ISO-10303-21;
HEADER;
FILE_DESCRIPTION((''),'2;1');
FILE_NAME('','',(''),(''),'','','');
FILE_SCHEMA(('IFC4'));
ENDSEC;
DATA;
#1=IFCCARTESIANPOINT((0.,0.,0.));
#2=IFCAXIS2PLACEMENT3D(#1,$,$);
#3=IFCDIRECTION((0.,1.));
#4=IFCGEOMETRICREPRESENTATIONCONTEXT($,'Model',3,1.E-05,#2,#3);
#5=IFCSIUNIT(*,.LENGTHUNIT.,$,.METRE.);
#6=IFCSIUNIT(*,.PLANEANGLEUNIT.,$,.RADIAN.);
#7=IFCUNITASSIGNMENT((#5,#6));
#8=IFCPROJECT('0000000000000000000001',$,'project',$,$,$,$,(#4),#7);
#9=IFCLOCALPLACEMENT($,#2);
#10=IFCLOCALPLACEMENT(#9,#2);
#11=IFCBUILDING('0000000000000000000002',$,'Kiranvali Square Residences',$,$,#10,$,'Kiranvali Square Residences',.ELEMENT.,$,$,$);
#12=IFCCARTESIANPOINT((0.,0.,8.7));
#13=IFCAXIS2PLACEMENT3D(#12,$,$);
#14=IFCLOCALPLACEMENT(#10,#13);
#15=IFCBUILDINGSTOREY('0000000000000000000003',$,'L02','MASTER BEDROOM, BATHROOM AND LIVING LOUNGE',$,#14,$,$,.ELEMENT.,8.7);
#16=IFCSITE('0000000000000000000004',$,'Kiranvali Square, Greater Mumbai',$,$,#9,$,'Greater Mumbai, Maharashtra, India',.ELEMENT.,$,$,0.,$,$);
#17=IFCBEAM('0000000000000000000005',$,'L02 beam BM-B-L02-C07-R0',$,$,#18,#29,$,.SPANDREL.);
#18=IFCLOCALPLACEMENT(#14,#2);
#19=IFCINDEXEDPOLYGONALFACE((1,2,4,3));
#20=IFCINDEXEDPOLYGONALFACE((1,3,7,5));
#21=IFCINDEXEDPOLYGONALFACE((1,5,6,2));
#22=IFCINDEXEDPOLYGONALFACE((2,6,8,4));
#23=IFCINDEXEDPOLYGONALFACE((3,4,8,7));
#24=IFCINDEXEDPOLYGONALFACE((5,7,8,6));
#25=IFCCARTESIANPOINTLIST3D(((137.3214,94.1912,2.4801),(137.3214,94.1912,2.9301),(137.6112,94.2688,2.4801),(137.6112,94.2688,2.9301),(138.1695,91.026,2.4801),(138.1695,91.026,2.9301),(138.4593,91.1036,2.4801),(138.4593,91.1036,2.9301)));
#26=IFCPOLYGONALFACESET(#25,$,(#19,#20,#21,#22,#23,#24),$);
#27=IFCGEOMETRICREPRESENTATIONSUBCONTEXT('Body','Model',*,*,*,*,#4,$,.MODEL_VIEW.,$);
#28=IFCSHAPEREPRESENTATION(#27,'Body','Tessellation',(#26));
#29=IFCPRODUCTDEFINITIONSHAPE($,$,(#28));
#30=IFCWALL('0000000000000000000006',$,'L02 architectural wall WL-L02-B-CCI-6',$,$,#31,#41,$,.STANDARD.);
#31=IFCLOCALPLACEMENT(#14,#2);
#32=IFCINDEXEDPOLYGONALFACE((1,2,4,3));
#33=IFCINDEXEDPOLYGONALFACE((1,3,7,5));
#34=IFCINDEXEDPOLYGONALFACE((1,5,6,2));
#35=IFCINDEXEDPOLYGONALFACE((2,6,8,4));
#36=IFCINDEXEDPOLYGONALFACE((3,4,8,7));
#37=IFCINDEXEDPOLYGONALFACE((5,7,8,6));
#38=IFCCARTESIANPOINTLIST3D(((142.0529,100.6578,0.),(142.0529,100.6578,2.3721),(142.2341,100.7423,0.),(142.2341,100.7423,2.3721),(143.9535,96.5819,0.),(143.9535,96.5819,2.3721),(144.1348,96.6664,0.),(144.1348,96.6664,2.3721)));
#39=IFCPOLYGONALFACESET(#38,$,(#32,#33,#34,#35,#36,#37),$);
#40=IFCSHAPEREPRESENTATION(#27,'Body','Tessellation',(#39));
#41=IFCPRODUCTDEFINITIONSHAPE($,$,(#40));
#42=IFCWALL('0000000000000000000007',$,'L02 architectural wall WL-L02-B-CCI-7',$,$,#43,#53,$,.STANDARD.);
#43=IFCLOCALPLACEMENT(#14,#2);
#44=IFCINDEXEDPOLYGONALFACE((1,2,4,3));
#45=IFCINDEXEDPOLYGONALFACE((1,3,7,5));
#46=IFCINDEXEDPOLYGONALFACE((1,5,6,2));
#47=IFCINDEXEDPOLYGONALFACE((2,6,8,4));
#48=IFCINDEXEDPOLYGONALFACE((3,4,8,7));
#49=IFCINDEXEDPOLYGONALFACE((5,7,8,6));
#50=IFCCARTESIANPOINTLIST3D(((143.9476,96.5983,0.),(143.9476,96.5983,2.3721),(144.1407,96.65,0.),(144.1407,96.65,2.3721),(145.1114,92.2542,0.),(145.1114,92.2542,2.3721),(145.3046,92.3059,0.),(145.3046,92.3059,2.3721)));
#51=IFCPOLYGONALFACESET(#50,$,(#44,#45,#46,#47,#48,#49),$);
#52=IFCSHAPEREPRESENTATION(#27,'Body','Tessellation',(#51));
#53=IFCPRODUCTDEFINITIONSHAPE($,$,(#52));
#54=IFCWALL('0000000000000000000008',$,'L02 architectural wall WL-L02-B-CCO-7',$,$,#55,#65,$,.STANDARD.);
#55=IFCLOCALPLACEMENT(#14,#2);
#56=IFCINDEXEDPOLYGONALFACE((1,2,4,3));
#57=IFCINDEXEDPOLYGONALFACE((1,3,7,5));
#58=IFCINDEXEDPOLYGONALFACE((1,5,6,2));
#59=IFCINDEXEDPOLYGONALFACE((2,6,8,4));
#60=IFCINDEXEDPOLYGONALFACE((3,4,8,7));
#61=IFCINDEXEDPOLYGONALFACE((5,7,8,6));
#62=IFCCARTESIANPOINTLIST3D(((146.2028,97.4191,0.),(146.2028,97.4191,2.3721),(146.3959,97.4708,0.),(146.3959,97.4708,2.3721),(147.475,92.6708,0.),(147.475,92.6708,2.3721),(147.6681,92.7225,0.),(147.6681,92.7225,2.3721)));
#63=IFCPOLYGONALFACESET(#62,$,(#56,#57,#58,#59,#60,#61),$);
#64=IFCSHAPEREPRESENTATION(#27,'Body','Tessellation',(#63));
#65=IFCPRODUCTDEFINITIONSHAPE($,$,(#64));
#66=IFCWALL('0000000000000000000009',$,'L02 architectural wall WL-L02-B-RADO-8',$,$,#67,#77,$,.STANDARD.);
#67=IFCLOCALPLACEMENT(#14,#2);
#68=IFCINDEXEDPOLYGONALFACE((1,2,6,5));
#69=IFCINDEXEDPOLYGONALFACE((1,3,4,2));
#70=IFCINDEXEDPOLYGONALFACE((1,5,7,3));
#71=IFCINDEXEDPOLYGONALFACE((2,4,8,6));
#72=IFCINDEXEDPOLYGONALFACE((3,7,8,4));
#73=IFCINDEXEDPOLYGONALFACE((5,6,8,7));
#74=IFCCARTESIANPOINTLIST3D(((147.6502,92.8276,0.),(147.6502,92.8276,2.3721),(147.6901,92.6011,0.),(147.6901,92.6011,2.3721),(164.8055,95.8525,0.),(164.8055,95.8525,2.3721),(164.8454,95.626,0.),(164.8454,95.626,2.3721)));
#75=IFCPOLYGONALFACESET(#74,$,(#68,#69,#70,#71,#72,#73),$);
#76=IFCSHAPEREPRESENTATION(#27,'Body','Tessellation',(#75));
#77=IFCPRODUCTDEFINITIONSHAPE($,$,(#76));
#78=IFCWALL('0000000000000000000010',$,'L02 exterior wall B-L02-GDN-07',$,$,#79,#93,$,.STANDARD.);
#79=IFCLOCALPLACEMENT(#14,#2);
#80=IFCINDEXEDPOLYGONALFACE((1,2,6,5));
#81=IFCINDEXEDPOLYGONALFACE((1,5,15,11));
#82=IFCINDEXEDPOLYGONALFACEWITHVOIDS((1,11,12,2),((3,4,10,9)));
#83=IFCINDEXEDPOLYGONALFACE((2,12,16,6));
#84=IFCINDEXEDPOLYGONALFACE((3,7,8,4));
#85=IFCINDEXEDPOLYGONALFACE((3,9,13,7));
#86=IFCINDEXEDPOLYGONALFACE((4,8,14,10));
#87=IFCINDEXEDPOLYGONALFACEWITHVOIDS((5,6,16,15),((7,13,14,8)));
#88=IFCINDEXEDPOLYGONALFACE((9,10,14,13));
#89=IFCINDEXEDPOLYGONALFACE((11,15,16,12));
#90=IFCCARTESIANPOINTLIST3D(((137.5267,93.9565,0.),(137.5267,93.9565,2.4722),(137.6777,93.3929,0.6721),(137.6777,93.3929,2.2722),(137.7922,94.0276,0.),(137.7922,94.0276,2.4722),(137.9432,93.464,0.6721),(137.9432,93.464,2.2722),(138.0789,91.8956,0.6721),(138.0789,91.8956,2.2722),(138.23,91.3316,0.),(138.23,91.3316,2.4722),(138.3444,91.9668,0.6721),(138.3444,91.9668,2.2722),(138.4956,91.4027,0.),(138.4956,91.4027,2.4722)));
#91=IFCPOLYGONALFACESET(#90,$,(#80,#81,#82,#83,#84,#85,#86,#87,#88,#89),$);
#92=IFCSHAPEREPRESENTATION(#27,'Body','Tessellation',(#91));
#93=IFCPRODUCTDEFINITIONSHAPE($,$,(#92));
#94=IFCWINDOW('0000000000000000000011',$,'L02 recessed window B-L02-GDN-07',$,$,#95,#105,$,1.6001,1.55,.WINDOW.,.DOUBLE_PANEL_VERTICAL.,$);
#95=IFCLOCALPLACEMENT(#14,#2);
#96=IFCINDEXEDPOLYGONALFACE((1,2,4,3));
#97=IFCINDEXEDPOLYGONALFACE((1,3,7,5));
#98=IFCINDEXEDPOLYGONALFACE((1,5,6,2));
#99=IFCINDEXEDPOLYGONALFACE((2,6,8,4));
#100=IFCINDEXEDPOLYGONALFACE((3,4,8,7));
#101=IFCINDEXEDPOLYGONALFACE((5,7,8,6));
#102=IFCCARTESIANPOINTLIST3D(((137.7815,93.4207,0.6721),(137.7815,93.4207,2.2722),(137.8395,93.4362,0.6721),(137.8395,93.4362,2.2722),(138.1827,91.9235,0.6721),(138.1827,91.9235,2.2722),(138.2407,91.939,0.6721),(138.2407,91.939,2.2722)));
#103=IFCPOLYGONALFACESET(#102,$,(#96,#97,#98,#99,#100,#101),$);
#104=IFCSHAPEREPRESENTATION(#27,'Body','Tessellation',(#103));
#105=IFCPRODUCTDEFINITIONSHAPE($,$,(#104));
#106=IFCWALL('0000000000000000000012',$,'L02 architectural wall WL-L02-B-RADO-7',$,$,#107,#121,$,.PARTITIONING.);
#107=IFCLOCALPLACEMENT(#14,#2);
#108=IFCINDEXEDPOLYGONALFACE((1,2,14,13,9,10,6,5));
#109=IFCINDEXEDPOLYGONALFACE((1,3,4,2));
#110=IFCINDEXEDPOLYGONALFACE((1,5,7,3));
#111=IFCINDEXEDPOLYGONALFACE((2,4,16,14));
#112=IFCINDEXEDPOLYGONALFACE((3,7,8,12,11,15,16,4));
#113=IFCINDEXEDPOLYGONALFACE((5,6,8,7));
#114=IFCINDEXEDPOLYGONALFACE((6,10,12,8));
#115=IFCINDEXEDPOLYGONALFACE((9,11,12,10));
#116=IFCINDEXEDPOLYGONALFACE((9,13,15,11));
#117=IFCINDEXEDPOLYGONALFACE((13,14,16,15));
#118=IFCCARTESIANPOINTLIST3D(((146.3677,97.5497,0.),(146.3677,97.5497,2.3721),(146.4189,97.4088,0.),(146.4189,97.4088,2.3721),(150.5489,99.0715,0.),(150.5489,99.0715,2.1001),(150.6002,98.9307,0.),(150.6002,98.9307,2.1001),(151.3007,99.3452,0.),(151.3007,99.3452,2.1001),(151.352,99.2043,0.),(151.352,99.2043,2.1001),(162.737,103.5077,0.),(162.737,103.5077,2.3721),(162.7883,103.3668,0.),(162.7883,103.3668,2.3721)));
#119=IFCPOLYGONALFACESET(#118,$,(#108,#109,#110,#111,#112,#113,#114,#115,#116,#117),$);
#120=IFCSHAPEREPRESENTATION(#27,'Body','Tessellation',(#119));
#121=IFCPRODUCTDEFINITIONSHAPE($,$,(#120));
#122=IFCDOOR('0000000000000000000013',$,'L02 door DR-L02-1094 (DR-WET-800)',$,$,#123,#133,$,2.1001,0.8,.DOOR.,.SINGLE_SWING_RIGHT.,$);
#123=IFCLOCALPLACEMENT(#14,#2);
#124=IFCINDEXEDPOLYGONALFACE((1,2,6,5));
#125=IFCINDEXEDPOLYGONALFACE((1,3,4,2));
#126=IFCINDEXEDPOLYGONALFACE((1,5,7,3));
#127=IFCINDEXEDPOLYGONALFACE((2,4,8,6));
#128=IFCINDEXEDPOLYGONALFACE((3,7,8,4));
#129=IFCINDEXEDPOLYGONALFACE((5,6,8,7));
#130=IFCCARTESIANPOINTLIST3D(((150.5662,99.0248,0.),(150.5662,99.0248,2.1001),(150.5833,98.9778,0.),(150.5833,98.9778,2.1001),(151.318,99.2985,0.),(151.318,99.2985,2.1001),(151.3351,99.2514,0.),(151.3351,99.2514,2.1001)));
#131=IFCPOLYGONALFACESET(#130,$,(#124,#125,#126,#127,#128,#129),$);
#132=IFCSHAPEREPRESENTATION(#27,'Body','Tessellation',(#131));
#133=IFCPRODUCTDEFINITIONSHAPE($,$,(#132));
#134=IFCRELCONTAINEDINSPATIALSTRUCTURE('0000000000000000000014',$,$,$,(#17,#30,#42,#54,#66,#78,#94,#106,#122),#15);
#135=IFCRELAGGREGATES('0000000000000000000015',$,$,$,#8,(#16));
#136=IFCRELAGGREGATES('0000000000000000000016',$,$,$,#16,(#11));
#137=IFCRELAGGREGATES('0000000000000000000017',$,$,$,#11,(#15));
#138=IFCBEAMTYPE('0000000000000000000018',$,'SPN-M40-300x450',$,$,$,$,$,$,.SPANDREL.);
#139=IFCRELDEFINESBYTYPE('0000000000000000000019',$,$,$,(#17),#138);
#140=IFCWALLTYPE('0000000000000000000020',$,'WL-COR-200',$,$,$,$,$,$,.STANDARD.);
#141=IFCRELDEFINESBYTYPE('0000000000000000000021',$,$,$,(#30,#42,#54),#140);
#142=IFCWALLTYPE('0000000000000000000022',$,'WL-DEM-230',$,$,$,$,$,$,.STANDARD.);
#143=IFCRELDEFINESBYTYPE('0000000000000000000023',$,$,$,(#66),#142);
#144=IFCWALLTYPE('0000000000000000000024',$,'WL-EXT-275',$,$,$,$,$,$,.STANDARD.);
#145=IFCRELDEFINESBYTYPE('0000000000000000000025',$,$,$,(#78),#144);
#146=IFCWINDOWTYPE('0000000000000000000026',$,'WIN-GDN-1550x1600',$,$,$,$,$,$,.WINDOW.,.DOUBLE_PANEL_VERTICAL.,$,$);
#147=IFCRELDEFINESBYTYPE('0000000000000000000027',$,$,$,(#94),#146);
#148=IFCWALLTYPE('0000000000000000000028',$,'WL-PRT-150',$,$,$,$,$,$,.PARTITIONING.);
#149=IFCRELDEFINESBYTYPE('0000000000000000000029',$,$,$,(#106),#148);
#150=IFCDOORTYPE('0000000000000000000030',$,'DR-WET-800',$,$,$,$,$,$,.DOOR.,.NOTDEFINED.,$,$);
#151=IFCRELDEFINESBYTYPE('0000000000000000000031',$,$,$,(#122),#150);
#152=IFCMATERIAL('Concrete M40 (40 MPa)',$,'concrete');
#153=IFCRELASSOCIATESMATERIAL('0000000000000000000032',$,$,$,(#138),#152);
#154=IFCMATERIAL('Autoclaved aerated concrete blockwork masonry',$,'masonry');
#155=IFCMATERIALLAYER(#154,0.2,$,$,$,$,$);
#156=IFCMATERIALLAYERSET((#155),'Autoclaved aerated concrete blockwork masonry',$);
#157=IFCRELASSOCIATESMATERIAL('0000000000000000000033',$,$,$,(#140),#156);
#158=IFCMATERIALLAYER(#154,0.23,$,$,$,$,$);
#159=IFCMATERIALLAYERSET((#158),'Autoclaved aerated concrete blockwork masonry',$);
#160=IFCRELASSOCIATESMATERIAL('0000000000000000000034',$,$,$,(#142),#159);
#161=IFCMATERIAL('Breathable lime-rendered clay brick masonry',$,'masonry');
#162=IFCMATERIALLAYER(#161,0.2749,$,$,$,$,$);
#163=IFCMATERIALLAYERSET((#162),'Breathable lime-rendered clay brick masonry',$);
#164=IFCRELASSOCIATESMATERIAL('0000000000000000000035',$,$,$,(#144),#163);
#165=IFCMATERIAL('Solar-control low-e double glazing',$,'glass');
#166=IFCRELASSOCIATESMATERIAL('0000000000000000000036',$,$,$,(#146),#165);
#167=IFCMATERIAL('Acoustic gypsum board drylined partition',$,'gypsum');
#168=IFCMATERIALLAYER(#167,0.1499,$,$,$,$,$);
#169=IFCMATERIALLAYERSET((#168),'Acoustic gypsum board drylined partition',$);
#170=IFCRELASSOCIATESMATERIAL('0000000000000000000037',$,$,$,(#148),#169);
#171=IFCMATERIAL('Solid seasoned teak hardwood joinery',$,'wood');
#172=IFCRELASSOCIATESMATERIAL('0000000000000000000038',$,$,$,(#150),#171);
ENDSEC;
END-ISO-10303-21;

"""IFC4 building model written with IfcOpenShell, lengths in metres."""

from ifc_helpers import new_model, si_unit, direction, frame, frame_2d, origin, origin_2d, place, context, subcontext, project, spatial, rectangle, extrude, material, layer, layer_set, material_profile, profile_set, type_object, element, fill, save


model = new_model("IFC4")

# Units and contexts
model_context = context("Model", 3, precision=1e-05, world=origin(), true_north=direction((0.0, 1.0)))
body_context = subcontext(model_context, "Body", "Model", "MODEL_VIEW")
ifc_project = project(units=[si_unit("LENGTHUNIT", "METRE"), si_unit("PLANEANGLEUNIT", "RADIAN")], contexts=[model_context])

# Site, building, storey
site_placement = place(None, origin())
site = spatial("IfcSite", under=ifc_project, at=site_placement, Name="Kiranvali Square, Greater Mumbai", LongName="Greater Mumbai, Maharashtra, India", CompositionType="ELEMENT", RefElevation=0.0)
building_placement = place(site_placement, origin())
building = spatial("IfcBuilding", under=site, at=building_placement, Name="Kiranvali Square Residences", LongName="Kiranvali Square Residences", CompositionType="ELEMENT")
storey_placement = place(building_placement, frame((0.0, 0.0, 8.7)))
storey = spatial("IfcBuildingStorey", under=building, at=storey_placement, Name="L02", Description="MASTER BEDROOM, BATHROOM AND LIVING LOUNGE", CompositionType="ELEMENT", Elevation=8.7)

# Beam
ifc_material_1 = material(Name="Concrete M40 (40 MPa)", Category="concrete")
ifc_material_profile_1 = material_profile(ifc_material_1, rectangle(XDim=0.3, YDim=0.45, at=origin_2d()), Name="RC 300x450")
ifc_profile_set_1 = profile_set([ifc_material_profile_1], Name="Concrete M40 (40 MPa)")
beam_type_1 = type_object("IfcBeamType", Name="SPN-M40-300x450", PredefinedType="SPANDREL", material=ifc_profile_set_1)
beam_1_placement = place(storey_placement, frame((137.4663, 94.23, 2.7051), z_axis=(0.258822, -0.965925, 0.0), x_axis=(0.965925, 0.258822, 0.0)))
element("IfcBeam", 1, at=beam_1_placement, inside=storey, type_object=beam_type_1, Name="L02 beam BM-B-L02-C07-R0", PredefinedType="SPANDREL", context=body_context, shape_type="SweptSolid", body=[
    extrude(rectangle(XDim=0.3, YDim=0.45, at=origin_2d()), origin(), (0.0, 0.0, 1.0), 3.2769),
])

# Walls
ifc_material_2 = material(Name="Autoclaved aerated concrete blockwork masonry", Category="masonry")
ifc_layer_1 = layer(ifc_material_2, 0.2)
ifc_layer_set_1 = layer_set([ifc_layer_1], Name="Autoclaved aerated concrete blockwork masonry")
wall_type_1 = type_object("IfcWallType", Name="WL-COR-200", PredefinedType="STANDARD", material=ifc_layer_set_1)
for number, where, z_axis, x_axis, name in (
    (2, (142.1436, 100.7, 0.0), (0.0, 0.0, 1.0), (0.422618, -0.906308, 0.0), "L02 architectural wall WL-L02-B-CCI-6"),
    (3, (144.0442, 96.624, 0.0), (0.0, 0.0, 1.0), (0.258788, -0.965934, 0.0), "L02 architectural wall WL-L02-B-CCI-7"),
):
    element("IfcWall", number, at=place(storey_placement, frame(where, z_axis=z_axis, x_axis=x_axis)), inside=storey, type_object=wall_type_1, Name=name, PredefinedType="STANDARD", context=body_context, shape_type="SweptSolid", body=[
        extrude(rectangle(XDim=4.4973, YDim=0.2, at=frame_2d((2.2485, 0.0))), origin(), (0.0, 0.0, 1.0), 2.3721),
    ])
wall_1_placement = place(storey_placement, frame((146.2993, 97.4451, 0.0), z_axis=(0.0, 0.0, 1.0), x_axis=(0.258803, -0.96593, 0.0)))
element("IfcWall", 4, at=wall_1_placement, inside=storey, type_object=wall_type_1, Name="L02 architectural wall WL-L02-B-CCO-7", PredefinedType="STANDARD", context=body_context, shape_type="SweptSolid", body=[
    extrude(rectangle(XDim=4.9158, YDim=0.2, at=frame_2d((2.458, 0.0))), origin(), (0.0, 0.0, 1.0), 2.3721),
])

# Wall
ifc_layer_2 = layer(ifc_material_2, 0.23)
ifc_layer_set_2 = layer_set([ifc_layer_2], Name="Autoclaved aerated concrete blockwork masonry")
wall_type_2 = type_object("IfcWallType", Name="WL-DEM-230", PredefinedType="STANDARD", material=ifc_layer_set_2)
wall_2_placement = place(storey_placement, frame((147.6702, 92.7144, 0.0), z_axis=(0.0, 0.0, 1.0), x_axis=(0.984808, 0.173646, 0.0)))
element("IfcWall", 5, at=wall_2_placement, inside=storey, type_object=wall_type_2, Name="L02 architectural wall WL-L02-B-RADO-8", PredefinedType="STANDARD", context=body_context, shape_type="SweptSolid", body=[
    extrude(rectangle(XDim=17.4199, YDim=0.23, at=frame_2d((8.71, 0.0))), origin(), (0.0, 0.0, 1.0), 2.3721),
])

# Wall, opening, window
ifc_material_3 = material(Name="Breathable lime-rendered clay brick masonry", Category="masonry")
ifc_layer_3 = layer(ifc_material_3, 0.2749)
ifc_layer_set_3 = layer_set([ifc_layer_3], Name="Breathable lime-rendered clay brick masonry")
wall_type_3 = type_object("IfcWallType", Name="WL-EXT-275", PredefinedType="STANDARD", material=ifc_layer_set_3)
wall_3_placement = place(storey_placement, frame((137.6594, 93.9922, 0.0), z_axis=(0.0, 0.0, 1.0), x_axis=(0.25882, -0.965926, 0.0)))
wall_3 = element("IfcWall", 6, at=wall_3_placement, inside=storey, type_object=wall_type_3, Name="L02 exterior wall B-L02-GDN-07", PredefinedType="STANDARD", context=body_context, shape_type="SweptSolid", body=[
    extrude(rectangle(XDim=2.7175, YDim=0.2749, at=frame_2d((1.3589, 0.0))), origin(), (0.0, 0.0, 1.0), 2.4722),
])
opening_1_placement = place(wall_3_placement, frame((0.5837, 0.0, 0.6721)))
opening_1 = element("IfcOpeningElement", 7, at=opening_1_placement, cuts=wall_3, PredefinedType="OPENING", context=body_context, shape_type="SweptSolid", body=[
    extrude(rectangle(XDim=1.55, YDim=1.6001, at=frame_2d((0.7749, 0.8))), frame((0.0, 0.1475, 0.0), z_axis=(0.0, -1.0, 0.0), x_axis=(1.0, 0.0, 0.0)), (0.0, 0.0, 1.0), 0.2949),
])
ifc_material_4 = material(Name="Solar-control low-e double glazing", Category="glass")
window_type = type_object("IfcWindowType", Name="WIN-GDN-1550x1600", PartitioningType="DOUBLE_PANEL_VERTICAL", PredefinedType="WINDOW", material=ifc_material_4)
window_placement = place(opening_1_placement, origin())
window = element("IfcWindow", 8, at=window_placement, inside=storey, type_object=window_type, Name="L02 recessed window B-L02-GDN-07", OverallHeight=1.6001, OverallWidth=1.55, PartitioningType="DOUBLE_PANEL_VERTICAL", PredefinedType="WINDOW", context=body_context, shape_type="SweptSolid", body=[
    extrude(rectangle(XDim=1.55, YDim=1.6001, at=frame_2d((0.7749, 0.8))), frame((0.0, 0.03, 0.0), z_axis=(0.0, -1.0, 0.0), x_axis=(1.0, 0.0, 0.0)), (0.0, 0.0, 1.0), 0.0601),
])
fill(opening_1, window)

# Wall, opening, door
ifc_material_5 = material(Name="Acoustic gypsum board drylined partition", Category="gypsum")
ifc_layer_4 = layer(ifc_material_5, 0.1499)
ifc_layer_set_4 = layer_set([ifc_layer_4], Name="Acoustic gypsum board drylined partition")
wall_type_4 = type_object("IfcWallType", Name="WL-PRT-150", PredefinedType="PARTITIONING", material=ifc_layer_set_4)
wall_4_placement = place(storey_placement, frame((146.3933, 97.4792, 0.0), z_axis=(0.0, 0.0, 1.0), x_axis=(0.939692, 0.342022, 0.0)))
wall_4 = element("IfcWall", 9, at=wall_4_placement, inside=storey, type_object=wall_type_4, Name="L02 architectural wall WL-L02-B-RADO-7", PredefinedType="PARTITIONING", context=body_context, shape_type="SweptSolid", body=[
    extrude(rectangle(XDim=17.4199, YDim=0.1499, at=frame_2d((8.71, 0.0))), origin(), (0.0, 0.0, 1.0), 2.3721),
])
opening_2_placement = place(wall_4_placement, frame((4.4497, 0.0, 0.0)))
opening_2 = element("IfcOpeningElement", 10, at=opening_2_placement, cuts=wall_4, PredefinedType="OPENING", context=body_context, shape_type="SweptSolid", body=[
    extrude(rectangle(XDim=0.8, YDim=2.1001, at=frame_2d((0.3999, 1.05))), frame((0.0, 0.085, 0.0), z_axis=(0.0, -1.0, 0.0), x_axis=(1.0, 0.0, 0.0)), (0.0, 0.0, 1.0), 0.1699),
])
ifc_material_6 = material(Name="Solid seasoned teak hardwood joinery", Category="wood")
door_type_1 = type_object("IfcDoorType", Name="DR-WET-800", OperationType="NOTDEFINED", PredefinedType="DOOR", material=ifc_material_6)
door_1_placement = place(opening_2_placement, frame((0.8, 0.0, 0.0), z_axis=(0.0, 0.0, 1.0), x_axis=(-1.0, 0.0, 0.0)))
door_1 = element("IfcDoor", 11, at=door_1_placement, inside=storey, type_object=door_type_1, Name="L02 door DR-L02-1094 (DR-WET-800)", OperationType="SINGLE_SWING_RIGHT", OverallHeight=2.1001, OverallWidth=0.8, PredefinedType="DOOR", context=body_context, shape_type="SweptSolid", body=[
    extrude(rectangle(XDim=0.8, YDim=2.1001, at=frame_2d((0.3999, 1.05))), frame((0.0, 0.0249, 0.0), z_axis=(0.0, -1.0, 0.0), x_axis=(1.0, 0.0, 0.0)), (0.0, 0.0, 1.0), 0.05),
])
fill(opening_2, door_1)

save(model, "model.ifc")
